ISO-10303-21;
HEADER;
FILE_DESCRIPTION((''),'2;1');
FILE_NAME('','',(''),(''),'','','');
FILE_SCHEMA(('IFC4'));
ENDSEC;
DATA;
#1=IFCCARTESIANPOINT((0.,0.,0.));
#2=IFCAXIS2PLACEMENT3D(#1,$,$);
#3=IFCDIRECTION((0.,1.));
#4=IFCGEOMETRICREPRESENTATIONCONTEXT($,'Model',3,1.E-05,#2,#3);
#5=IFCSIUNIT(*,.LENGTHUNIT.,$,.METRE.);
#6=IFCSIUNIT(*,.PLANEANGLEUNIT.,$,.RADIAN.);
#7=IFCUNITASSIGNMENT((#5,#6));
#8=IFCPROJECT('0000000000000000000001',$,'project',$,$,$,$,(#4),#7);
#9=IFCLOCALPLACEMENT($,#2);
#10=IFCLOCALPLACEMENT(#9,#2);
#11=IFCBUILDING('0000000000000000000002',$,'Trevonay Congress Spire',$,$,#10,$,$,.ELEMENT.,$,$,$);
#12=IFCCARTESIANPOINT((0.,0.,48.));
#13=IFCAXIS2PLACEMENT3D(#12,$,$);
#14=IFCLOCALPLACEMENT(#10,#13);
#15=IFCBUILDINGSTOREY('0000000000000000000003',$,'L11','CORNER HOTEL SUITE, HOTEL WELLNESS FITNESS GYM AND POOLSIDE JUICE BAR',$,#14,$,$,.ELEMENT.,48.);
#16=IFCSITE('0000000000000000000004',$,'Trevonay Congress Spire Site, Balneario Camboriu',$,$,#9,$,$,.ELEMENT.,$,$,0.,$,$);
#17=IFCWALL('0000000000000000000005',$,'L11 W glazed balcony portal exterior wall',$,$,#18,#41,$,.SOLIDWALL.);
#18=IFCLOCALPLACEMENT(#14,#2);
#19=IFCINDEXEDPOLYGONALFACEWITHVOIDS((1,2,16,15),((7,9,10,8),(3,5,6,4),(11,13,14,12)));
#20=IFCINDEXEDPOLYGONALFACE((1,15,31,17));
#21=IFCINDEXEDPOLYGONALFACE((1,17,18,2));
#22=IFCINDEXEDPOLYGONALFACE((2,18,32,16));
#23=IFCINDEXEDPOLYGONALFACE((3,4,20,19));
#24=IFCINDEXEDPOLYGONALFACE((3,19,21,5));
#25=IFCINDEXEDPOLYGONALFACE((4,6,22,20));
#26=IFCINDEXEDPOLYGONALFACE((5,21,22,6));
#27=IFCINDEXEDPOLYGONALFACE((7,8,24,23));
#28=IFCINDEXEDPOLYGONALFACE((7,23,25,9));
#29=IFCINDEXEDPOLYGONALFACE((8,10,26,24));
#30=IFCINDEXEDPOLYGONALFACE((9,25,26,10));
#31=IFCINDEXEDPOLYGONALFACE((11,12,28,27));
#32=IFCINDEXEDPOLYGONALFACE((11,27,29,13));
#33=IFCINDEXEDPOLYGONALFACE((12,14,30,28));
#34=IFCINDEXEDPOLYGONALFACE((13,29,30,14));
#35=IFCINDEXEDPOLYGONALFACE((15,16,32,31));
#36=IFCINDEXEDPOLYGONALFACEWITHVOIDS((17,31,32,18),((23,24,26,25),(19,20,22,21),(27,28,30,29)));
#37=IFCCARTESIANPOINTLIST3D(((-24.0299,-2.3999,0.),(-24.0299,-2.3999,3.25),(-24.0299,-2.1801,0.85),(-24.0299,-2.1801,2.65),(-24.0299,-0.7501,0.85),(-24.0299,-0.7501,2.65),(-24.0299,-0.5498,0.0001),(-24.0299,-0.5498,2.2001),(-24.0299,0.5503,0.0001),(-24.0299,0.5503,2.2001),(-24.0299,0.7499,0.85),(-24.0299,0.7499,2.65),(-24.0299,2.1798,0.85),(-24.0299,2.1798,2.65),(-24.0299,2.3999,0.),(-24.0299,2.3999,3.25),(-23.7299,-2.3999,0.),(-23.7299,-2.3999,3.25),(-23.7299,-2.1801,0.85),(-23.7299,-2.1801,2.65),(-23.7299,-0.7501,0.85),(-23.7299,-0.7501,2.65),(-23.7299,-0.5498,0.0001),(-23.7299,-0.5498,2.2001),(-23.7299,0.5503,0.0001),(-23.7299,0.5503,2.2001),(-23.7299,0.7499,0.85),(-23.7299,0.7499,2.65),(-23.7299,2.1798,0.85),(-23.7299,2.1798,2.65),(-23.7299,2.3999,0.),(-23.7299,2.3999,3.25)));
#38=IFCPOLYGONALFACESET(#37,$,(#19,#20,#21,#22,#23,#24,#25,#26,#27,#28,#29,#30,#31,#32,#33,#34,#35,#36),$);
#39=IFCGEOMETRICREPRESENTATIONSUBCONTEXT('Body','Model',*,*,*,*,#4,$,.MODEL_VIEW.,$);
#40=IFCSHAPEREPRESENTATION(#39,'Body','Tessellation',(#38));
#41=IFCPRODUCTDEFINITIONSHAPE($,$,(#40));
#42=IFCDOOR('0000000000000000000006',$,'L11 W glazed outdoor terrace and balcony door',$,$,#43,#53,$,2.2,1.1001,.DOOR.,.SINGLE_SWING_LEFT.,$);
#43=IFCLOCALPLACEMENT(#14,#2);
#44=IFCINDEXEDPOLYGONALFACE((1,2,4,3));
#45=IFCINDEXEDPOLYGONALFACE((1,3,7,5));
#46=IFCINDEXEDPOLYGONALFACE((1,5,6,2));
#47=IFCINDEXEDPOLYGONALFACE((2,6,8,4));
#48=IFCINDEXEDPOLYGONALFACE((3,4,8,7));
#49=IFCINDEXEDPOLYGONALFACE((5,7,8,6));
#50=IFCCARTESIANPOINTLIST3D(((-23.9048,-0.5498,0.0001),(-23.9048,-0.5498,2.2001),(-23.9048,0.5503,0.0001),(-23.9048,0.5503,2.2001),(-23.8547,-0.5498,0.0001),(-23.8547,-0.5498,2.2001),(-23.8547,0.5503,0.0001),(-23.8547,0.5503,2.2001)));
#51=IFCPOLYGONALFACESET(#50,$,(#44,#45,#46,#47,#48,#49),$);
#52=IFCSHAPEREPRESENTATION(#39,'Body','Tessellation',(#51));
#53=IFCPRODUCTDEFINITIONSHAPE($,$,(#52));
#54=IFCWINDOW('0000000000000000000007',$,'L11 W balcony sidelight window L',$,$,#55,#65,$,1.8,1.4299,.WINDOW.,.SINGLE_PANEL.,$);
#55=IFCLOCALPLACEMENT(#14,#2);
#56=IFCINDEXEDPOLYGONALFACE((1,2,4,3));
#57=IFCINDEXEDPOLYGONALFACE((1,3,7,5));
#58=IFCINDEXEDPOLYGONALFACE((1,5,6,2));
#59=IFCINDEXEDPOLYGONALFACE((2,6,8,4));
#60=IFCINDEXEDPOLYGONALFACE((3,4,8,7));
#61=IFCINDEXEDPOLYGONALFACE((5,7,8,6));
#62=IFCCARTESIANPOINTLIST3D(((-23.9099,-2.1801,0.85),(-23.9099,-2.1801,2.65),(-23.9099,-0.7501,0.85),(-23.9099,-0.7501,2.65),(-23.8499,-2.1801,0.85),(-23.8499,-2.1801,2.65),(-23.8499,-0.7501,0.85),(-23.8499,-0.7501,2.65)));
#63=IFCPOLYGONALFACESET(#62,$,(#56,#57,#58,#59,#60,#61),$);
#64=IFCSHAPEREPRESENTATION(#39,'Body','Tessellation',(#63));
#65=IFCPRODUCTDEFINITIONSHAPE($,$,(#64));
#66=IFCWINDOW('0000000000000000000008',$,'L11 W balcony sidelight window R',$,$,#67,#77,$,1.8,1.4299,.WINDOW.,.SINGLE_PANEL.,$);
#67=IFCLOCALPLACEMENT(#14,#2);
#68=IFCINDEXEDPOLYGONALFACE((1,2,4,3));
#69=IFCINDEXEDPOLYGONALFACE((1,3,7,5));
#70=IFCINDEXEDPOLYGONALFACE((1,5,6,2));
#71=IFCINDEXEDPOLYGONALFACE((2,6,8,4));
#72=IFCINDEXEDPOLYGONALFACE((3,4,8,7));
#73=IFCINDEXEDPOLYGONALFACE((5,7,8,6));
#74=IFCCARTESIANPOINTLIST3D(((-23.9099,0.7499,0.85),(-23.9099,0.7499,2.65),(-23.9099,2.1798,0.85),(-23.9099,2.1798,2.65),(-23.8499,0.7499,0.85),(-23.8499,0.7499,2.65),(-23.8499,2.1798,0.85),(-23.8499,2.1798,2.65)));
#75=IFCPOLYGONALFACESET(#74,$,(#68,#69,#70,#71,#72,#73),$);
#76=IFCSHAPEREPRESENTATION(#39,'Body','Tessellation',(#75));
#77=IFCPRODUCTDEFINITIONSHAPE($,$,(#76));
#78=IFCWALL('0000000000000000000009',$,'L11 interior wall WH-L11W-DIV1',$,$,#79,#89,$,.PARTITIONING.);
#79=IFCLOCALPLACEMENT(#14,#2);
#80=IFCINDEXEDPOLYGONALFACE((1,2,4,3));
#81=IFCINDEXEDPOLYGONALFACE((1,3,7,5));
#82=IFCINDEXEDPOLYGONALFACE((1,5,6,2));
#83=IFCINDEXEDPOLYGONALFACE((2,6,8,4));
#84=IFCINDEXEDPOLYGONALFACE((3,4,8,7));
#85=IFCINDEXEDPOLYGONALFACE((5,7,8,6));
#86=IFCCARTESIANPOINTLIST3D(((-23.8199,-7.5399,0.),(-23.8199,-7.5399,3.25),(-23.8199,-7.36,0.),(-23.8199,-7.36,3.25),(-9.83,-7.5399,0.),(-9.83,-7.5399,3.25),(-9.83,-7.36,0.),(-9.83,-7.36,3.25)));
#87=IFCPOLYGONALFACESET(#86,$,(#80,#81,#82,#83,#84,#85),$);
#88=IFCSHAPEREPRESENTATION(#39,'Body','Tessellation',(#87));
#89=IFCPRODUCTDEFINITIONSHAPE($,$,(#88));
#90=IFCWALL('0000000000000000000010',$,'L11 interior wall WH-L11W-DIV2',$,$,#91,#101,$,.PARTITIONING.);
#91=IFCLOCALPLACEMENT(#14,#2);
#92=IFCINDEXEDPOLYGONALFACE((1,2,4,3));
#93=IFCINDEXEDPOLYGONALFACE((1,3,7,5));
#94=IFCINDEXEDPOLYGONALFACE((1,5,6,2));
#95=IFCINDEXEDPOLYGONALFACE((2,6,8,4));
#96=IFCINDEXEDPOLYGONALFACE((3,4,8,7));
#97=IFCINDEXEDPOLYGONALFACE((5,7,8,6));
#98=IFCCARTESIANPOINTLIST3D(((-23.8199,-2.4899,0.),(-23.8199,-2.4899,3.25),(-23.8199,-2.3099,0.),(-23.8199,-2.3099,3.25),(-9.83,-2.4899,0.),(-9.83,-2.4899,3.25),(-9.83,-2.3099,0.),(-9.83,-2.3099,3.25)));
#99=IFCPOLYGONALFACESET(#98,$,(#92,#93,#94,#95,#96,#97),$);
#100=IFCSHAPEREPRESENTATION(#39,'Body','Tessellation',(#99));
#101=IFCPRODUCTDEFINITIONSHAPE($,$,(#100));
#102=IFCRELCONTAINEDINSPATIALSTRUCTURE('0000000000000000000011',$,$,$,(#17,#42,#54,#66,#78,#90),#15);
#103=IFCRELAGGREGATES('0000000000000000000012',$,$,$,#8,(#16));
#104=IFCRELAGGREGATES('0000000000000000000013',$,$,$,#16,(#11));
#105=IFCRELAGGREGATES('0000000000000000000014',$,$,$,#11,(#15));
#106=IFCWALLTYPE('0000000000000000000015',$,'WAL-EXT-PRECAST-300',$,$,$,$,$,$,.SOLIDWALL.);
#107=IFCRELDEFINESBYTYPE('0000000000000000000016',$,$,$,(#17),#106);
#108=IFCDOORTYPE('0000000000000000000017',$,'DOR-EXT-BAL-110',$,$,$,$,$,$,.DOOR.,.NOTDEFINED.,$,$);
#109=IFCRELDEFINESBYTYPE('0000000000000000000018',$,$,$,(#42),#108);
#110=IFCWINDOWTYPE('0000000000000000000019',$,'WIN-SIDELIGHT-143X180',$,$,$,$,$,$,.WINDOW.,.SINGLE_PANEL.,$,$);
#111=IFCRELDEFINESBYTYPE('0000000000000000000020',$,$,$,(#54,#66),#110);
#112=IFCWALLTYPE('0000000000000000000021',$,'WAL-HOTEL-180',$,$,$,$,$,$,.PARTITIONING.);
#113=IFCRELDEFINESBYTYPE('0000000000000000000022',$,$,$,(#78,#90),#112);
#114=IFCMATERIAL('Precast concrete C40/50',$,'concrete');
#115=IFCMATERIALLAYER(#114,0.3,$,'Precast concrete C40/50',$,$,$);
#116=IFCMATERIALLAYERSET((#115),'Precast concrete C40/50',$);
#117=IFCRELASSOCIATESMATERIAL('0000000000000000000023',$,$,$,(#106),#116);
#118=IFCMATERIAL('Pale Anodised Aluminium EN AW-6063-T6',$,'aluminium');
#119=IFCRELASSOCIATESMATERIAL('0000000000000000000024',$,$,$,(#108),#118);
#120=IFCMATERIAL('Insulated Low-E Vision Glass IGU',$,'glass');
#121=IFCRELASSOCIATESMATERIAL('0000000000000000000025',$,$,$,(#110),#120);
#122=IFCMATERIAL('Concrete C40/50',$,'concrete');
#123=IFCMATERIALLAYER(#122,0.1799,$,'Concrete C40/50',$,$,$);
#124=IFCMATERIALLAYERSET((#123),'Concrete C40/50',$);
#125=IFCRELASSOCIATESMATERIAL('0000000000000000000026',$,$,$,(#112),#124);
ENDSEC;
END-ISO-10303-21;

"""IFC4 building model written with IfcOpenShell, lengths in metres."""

from ifc_helpers import new_model, si_unit, direction, frame, frame_2d, origin, place, context, subcontext, project, spatial, rectangle, extrude, material, layer, layer_set, type_object, element, fill, save


model = new_model("IFC4")

# Units and contexts
model_context = context("Model", 3, precision=1e-05, world=origin(), true_north=direction((0.0, 1.0)))
body_context = subcontext(model_context, "Body", "Model", "MODEL_VIEW")
ifc_project = project(units=[si_unit("LENGTHUNIT", "METRE"), si_unit("PLANEANGLEUNIT", "RADIAN")], contexts=[model_context])

# Site, building, storey
site_placement = place(None, origin())
site = spatial("IfcSite", under=ifc_project, at=site_placement, Name="Trevonay Congress Spire Site, Balneario Camboriu", CompositionType="ELEMENT", RefElevation=0.0)
building_placement = place(site_placement, origin())
building = spatial("IfcBuilding", under=site, at=building_placement, Name="Trevonay Congress Spire", CompositionType="ELEMENT")
storey_placement = place(building_placement, frame((0.0, 0.0, 48.0)))
storey = spatial("IfcBuildingStorey", under=building, at=storey_placement, Name="L11", Description="CORNER HOTEL SUITE, HOTEL WELLNESS FITNESS GYM AND POOLSIDE JUICE BAR", CompositionType="ELEMENT", Elevation=48.0)

# Shared definitions
ifc_material_1 = material(Name="Pale Anodised Aluminium EN AW-6063-T6", Category="aluminium")

# Shared definitions
ifc_material_2 = material(Name="Insulated Low-E Vision Glass IGU", Category="glass")

# Shared definitions
ifc_material_3 = material(Name="Concrete C40/50", Category="concrete")

# Wall, openings, door, windows
ifc_material_4 = material(Name="Precast concrete C40/50", Category="concrete")
ifc_layer_1 = layer(ifc_material_4, 0.3, Name="Precast concrete C40/50")
ifc_layer_set_1 = layer_set([ifc_layer_1], Name="Precast concrete C40/50")
wall_type_1 = type_object("IfcWallType", Name="WAL-EXT-PRECAST-300", PredefinedType="SOLIDWALL", material=ifc_layer_set_1)
wall_1_placement = place(storey_placement, frame((-23.8799, -2.3999, 0.0), z_axis=(0.0, 0.0, 1.0), x_axis=(0.0, 1.0, 0.0)))
wall_1 = element("IfcWall", 1, at=wall_1_placement, inside=storey, type_object=wall_type_1, Name="L11 W glazed balcony portal exterior wall", PredefinedType="SOLIDWALL", context=body_context, shape_type="SweptSolid", body=[
    extrude(rectangle(XDim=4.7998, YDim=0.3, at=frame_2d((2.3999, 0.0))), origin(), (0.0, 0.0, 1.0), 3.25),
])
opening_1_placement = place(wall_1_placement, frame((1.8501, 0.0, 0.0)))
opening_1 = element("IfcOpeningElement", 2, at=opening_1_placement, cuts=wall_1, PredefinedType="OPENING", context=body_context, shape_type="SweptSolid", body=[
    extrude(rectangle(XDim=1.1001, YDim=2.2, at=frame_2d((0.55, 1.1001))), frame((0.0, 0.1602, 0.0), z_axis=(0.0, -1.0, 0.0), x_axis=(1.0, 0.0, 0.0)), (0.0, 0.0, 1.0), 0.3201),
])
opening_2_placement = place(wall_1_placement, frame((0.22, 0.0, 0.8501)))
opening_2 = element("IfcOpeningElement", 3, at=opening_2_placement, cuts=wall_1, PredefinedType="OPENING", context=body_context, shape_type="SweptSolid", body=[
    extrude(rectangle(XDim=1.4299, YDim=1.8, at=frame_2d((0.7148, 0.8999))), frame((0.0, 0.1602, 0.0), z_axis=(0.0, -1.0, 0.0), x_axis=(1.0, 0.0, 0.0)), (0.0, 0.0, 1.0), 0.3201),
])
opening_3_placement = place(wall_1_placement, frame((3.1499, 0.0, 0.8501)))
opening_3 = element("IfcOpeningElement", 4, at=opening_3_placement, cuts=wall_1, PredefinedType="OPENING", context=body_context, shape_type="SweptSolid", body=[
    extrude(rectangle(XDim=1.4299, YDim=1.8, at=frame_2d((0.7148, 0.8999))), frame((0.0, 0.1602, 0.0), z_axis=(0.0, -1.0, 0.0), x_axis=(1.0, 0.0, 0.0)), (0.0, 0.0, 1.0), 0.3201),
])
door_type_1 = type_object("IfcDoorType", Name="DOR-EXT-BAL-110", OperationType="NOTDEFINED", PredefinedType="DOOR", material=ifc_material_1)
door_1_placement = place(opening_1_placement, origin())
door_1 = element("IfcDoor", 5, at=door_1_placement, inside=storey, type_object=door_type_1, Name="L11 W glazed outdoor terrace and balcony door", OperationType="SINGLE_SWING_LEFT", OverallHeight=2.2, OverallWidth=1.1001, PredefinedType="DOOR", context=body_context, shape_type="SweptSolid", body=[
    extrude(rectangle(XDim=1.1001, YDim=2.2, at=frame_2d((0.55, 1.1001))), frame((0.0, 0.0249, 0.0), z_axis=(0.0, -1.0, 0.0), x_axis=(1.0, 0.0, 0.0)), (0.0, 0.0, 1.0), 0.05),
])
fill(opening_1, door_1)
window_type = type_object("IfcWindowType", Name="WIN-SIDELIGHT-143X180", PartitioningType="SINGLE_PANEL", PredefinedType="WINDOW", material=ifc_material_2)
window_1_placement = place(opening_2_placement, origin())
window_1 = element("IfcWindow", 6, at=window_1_placement, inside=storey, type_object=window_type, Name="L11 W balcony sidelight window L", OverallHeight=1.8, OverallWidth=1.4299, PartitioningType="SINGLE_PANEL", PredefinedType="WINDOW", context=body_context, shape_type="SweptSolid", body=[
    extrude(rectangle(XDim=1.4299, YDim=1.8, at=frame_2d((0.7148, 0.8999))), frame((0.0, 0.03, 0.0), z_axis=(0.0, -1.0, 0.0), x_axis=(1.0, 0.0, 0.0)), (0.0, 0.0, 1.0), 0.0601),
])
fill(opening_2, window_1)
window_2_placement = place(opening_3_placement, origin())
window_2 = element("IfcWindow", 7, at=window_2_placement, inside=storey, type_object=window_type, Name="L11 W balcony sidelight window R", OverallHeight=1.8, OverallWidth=1.4299, PartitioningType="SINGLE_PANEL", PredefinedType="WINDOW", context=body_context, shape_type="SweptSolid", body=[
    extrude(rectangle(XDim=1.4299, YDim=1.8, at=frame_2d((0.7148, 0.8999))), frame((0.0, 0.03, 0.0), z_axis=(0.0, -1.0, 0.0), x_axis=(1.0, 0.0, 0.0)), (0.0, 0.0, 1.0), 0.0601),
])
fill(opening_3, window_2)

# Walls
ifc_layer_2 = layer(ifc_material_3, 0.1799, Name="Concrete C40/50")
ifc_layer_set_2 = layer_set([ifc_layer_2], Name="Concrete C40/50")
wall_type_2 = type_object("IfcWallType", Name="WAL-HOTEL-180", PredefinedType="PARTITIONING", material=ifc_layer_set_2)
for number, where, z_axis, x_axis, name in (
    (8, (-23.8201, -7.45, 0.0), (0.0, 0.0, 1.0), (1.0, 0.0, 0.0), "L11 interior wall WH-L11W-DIV1"),
    (9, (-23.8201, -2.3999, 0.0), (0.0, 0.0, 1.0), (1.0, 0.0, 0.0), "L11 interior wall WH-L11W-DIV2"),
):
    element("IfcWall", number, at=place(storey_placement, frame(where, z_axis=z_axis, x_axis=x_axis)), inside=storey, type_object=wall_type_2, Name=name, PredefinedType="PARTITIONING", context=body_context, shape_type="SweptSolid", body=[
        extrude(rectangle(XDim=13.99, YDim=0.1799, at=frame_2d((6.9951, 0.0))), origin(), (0.0, 0.0, 1.0), 3.25),
    ])

save(model, "model.ifc")
